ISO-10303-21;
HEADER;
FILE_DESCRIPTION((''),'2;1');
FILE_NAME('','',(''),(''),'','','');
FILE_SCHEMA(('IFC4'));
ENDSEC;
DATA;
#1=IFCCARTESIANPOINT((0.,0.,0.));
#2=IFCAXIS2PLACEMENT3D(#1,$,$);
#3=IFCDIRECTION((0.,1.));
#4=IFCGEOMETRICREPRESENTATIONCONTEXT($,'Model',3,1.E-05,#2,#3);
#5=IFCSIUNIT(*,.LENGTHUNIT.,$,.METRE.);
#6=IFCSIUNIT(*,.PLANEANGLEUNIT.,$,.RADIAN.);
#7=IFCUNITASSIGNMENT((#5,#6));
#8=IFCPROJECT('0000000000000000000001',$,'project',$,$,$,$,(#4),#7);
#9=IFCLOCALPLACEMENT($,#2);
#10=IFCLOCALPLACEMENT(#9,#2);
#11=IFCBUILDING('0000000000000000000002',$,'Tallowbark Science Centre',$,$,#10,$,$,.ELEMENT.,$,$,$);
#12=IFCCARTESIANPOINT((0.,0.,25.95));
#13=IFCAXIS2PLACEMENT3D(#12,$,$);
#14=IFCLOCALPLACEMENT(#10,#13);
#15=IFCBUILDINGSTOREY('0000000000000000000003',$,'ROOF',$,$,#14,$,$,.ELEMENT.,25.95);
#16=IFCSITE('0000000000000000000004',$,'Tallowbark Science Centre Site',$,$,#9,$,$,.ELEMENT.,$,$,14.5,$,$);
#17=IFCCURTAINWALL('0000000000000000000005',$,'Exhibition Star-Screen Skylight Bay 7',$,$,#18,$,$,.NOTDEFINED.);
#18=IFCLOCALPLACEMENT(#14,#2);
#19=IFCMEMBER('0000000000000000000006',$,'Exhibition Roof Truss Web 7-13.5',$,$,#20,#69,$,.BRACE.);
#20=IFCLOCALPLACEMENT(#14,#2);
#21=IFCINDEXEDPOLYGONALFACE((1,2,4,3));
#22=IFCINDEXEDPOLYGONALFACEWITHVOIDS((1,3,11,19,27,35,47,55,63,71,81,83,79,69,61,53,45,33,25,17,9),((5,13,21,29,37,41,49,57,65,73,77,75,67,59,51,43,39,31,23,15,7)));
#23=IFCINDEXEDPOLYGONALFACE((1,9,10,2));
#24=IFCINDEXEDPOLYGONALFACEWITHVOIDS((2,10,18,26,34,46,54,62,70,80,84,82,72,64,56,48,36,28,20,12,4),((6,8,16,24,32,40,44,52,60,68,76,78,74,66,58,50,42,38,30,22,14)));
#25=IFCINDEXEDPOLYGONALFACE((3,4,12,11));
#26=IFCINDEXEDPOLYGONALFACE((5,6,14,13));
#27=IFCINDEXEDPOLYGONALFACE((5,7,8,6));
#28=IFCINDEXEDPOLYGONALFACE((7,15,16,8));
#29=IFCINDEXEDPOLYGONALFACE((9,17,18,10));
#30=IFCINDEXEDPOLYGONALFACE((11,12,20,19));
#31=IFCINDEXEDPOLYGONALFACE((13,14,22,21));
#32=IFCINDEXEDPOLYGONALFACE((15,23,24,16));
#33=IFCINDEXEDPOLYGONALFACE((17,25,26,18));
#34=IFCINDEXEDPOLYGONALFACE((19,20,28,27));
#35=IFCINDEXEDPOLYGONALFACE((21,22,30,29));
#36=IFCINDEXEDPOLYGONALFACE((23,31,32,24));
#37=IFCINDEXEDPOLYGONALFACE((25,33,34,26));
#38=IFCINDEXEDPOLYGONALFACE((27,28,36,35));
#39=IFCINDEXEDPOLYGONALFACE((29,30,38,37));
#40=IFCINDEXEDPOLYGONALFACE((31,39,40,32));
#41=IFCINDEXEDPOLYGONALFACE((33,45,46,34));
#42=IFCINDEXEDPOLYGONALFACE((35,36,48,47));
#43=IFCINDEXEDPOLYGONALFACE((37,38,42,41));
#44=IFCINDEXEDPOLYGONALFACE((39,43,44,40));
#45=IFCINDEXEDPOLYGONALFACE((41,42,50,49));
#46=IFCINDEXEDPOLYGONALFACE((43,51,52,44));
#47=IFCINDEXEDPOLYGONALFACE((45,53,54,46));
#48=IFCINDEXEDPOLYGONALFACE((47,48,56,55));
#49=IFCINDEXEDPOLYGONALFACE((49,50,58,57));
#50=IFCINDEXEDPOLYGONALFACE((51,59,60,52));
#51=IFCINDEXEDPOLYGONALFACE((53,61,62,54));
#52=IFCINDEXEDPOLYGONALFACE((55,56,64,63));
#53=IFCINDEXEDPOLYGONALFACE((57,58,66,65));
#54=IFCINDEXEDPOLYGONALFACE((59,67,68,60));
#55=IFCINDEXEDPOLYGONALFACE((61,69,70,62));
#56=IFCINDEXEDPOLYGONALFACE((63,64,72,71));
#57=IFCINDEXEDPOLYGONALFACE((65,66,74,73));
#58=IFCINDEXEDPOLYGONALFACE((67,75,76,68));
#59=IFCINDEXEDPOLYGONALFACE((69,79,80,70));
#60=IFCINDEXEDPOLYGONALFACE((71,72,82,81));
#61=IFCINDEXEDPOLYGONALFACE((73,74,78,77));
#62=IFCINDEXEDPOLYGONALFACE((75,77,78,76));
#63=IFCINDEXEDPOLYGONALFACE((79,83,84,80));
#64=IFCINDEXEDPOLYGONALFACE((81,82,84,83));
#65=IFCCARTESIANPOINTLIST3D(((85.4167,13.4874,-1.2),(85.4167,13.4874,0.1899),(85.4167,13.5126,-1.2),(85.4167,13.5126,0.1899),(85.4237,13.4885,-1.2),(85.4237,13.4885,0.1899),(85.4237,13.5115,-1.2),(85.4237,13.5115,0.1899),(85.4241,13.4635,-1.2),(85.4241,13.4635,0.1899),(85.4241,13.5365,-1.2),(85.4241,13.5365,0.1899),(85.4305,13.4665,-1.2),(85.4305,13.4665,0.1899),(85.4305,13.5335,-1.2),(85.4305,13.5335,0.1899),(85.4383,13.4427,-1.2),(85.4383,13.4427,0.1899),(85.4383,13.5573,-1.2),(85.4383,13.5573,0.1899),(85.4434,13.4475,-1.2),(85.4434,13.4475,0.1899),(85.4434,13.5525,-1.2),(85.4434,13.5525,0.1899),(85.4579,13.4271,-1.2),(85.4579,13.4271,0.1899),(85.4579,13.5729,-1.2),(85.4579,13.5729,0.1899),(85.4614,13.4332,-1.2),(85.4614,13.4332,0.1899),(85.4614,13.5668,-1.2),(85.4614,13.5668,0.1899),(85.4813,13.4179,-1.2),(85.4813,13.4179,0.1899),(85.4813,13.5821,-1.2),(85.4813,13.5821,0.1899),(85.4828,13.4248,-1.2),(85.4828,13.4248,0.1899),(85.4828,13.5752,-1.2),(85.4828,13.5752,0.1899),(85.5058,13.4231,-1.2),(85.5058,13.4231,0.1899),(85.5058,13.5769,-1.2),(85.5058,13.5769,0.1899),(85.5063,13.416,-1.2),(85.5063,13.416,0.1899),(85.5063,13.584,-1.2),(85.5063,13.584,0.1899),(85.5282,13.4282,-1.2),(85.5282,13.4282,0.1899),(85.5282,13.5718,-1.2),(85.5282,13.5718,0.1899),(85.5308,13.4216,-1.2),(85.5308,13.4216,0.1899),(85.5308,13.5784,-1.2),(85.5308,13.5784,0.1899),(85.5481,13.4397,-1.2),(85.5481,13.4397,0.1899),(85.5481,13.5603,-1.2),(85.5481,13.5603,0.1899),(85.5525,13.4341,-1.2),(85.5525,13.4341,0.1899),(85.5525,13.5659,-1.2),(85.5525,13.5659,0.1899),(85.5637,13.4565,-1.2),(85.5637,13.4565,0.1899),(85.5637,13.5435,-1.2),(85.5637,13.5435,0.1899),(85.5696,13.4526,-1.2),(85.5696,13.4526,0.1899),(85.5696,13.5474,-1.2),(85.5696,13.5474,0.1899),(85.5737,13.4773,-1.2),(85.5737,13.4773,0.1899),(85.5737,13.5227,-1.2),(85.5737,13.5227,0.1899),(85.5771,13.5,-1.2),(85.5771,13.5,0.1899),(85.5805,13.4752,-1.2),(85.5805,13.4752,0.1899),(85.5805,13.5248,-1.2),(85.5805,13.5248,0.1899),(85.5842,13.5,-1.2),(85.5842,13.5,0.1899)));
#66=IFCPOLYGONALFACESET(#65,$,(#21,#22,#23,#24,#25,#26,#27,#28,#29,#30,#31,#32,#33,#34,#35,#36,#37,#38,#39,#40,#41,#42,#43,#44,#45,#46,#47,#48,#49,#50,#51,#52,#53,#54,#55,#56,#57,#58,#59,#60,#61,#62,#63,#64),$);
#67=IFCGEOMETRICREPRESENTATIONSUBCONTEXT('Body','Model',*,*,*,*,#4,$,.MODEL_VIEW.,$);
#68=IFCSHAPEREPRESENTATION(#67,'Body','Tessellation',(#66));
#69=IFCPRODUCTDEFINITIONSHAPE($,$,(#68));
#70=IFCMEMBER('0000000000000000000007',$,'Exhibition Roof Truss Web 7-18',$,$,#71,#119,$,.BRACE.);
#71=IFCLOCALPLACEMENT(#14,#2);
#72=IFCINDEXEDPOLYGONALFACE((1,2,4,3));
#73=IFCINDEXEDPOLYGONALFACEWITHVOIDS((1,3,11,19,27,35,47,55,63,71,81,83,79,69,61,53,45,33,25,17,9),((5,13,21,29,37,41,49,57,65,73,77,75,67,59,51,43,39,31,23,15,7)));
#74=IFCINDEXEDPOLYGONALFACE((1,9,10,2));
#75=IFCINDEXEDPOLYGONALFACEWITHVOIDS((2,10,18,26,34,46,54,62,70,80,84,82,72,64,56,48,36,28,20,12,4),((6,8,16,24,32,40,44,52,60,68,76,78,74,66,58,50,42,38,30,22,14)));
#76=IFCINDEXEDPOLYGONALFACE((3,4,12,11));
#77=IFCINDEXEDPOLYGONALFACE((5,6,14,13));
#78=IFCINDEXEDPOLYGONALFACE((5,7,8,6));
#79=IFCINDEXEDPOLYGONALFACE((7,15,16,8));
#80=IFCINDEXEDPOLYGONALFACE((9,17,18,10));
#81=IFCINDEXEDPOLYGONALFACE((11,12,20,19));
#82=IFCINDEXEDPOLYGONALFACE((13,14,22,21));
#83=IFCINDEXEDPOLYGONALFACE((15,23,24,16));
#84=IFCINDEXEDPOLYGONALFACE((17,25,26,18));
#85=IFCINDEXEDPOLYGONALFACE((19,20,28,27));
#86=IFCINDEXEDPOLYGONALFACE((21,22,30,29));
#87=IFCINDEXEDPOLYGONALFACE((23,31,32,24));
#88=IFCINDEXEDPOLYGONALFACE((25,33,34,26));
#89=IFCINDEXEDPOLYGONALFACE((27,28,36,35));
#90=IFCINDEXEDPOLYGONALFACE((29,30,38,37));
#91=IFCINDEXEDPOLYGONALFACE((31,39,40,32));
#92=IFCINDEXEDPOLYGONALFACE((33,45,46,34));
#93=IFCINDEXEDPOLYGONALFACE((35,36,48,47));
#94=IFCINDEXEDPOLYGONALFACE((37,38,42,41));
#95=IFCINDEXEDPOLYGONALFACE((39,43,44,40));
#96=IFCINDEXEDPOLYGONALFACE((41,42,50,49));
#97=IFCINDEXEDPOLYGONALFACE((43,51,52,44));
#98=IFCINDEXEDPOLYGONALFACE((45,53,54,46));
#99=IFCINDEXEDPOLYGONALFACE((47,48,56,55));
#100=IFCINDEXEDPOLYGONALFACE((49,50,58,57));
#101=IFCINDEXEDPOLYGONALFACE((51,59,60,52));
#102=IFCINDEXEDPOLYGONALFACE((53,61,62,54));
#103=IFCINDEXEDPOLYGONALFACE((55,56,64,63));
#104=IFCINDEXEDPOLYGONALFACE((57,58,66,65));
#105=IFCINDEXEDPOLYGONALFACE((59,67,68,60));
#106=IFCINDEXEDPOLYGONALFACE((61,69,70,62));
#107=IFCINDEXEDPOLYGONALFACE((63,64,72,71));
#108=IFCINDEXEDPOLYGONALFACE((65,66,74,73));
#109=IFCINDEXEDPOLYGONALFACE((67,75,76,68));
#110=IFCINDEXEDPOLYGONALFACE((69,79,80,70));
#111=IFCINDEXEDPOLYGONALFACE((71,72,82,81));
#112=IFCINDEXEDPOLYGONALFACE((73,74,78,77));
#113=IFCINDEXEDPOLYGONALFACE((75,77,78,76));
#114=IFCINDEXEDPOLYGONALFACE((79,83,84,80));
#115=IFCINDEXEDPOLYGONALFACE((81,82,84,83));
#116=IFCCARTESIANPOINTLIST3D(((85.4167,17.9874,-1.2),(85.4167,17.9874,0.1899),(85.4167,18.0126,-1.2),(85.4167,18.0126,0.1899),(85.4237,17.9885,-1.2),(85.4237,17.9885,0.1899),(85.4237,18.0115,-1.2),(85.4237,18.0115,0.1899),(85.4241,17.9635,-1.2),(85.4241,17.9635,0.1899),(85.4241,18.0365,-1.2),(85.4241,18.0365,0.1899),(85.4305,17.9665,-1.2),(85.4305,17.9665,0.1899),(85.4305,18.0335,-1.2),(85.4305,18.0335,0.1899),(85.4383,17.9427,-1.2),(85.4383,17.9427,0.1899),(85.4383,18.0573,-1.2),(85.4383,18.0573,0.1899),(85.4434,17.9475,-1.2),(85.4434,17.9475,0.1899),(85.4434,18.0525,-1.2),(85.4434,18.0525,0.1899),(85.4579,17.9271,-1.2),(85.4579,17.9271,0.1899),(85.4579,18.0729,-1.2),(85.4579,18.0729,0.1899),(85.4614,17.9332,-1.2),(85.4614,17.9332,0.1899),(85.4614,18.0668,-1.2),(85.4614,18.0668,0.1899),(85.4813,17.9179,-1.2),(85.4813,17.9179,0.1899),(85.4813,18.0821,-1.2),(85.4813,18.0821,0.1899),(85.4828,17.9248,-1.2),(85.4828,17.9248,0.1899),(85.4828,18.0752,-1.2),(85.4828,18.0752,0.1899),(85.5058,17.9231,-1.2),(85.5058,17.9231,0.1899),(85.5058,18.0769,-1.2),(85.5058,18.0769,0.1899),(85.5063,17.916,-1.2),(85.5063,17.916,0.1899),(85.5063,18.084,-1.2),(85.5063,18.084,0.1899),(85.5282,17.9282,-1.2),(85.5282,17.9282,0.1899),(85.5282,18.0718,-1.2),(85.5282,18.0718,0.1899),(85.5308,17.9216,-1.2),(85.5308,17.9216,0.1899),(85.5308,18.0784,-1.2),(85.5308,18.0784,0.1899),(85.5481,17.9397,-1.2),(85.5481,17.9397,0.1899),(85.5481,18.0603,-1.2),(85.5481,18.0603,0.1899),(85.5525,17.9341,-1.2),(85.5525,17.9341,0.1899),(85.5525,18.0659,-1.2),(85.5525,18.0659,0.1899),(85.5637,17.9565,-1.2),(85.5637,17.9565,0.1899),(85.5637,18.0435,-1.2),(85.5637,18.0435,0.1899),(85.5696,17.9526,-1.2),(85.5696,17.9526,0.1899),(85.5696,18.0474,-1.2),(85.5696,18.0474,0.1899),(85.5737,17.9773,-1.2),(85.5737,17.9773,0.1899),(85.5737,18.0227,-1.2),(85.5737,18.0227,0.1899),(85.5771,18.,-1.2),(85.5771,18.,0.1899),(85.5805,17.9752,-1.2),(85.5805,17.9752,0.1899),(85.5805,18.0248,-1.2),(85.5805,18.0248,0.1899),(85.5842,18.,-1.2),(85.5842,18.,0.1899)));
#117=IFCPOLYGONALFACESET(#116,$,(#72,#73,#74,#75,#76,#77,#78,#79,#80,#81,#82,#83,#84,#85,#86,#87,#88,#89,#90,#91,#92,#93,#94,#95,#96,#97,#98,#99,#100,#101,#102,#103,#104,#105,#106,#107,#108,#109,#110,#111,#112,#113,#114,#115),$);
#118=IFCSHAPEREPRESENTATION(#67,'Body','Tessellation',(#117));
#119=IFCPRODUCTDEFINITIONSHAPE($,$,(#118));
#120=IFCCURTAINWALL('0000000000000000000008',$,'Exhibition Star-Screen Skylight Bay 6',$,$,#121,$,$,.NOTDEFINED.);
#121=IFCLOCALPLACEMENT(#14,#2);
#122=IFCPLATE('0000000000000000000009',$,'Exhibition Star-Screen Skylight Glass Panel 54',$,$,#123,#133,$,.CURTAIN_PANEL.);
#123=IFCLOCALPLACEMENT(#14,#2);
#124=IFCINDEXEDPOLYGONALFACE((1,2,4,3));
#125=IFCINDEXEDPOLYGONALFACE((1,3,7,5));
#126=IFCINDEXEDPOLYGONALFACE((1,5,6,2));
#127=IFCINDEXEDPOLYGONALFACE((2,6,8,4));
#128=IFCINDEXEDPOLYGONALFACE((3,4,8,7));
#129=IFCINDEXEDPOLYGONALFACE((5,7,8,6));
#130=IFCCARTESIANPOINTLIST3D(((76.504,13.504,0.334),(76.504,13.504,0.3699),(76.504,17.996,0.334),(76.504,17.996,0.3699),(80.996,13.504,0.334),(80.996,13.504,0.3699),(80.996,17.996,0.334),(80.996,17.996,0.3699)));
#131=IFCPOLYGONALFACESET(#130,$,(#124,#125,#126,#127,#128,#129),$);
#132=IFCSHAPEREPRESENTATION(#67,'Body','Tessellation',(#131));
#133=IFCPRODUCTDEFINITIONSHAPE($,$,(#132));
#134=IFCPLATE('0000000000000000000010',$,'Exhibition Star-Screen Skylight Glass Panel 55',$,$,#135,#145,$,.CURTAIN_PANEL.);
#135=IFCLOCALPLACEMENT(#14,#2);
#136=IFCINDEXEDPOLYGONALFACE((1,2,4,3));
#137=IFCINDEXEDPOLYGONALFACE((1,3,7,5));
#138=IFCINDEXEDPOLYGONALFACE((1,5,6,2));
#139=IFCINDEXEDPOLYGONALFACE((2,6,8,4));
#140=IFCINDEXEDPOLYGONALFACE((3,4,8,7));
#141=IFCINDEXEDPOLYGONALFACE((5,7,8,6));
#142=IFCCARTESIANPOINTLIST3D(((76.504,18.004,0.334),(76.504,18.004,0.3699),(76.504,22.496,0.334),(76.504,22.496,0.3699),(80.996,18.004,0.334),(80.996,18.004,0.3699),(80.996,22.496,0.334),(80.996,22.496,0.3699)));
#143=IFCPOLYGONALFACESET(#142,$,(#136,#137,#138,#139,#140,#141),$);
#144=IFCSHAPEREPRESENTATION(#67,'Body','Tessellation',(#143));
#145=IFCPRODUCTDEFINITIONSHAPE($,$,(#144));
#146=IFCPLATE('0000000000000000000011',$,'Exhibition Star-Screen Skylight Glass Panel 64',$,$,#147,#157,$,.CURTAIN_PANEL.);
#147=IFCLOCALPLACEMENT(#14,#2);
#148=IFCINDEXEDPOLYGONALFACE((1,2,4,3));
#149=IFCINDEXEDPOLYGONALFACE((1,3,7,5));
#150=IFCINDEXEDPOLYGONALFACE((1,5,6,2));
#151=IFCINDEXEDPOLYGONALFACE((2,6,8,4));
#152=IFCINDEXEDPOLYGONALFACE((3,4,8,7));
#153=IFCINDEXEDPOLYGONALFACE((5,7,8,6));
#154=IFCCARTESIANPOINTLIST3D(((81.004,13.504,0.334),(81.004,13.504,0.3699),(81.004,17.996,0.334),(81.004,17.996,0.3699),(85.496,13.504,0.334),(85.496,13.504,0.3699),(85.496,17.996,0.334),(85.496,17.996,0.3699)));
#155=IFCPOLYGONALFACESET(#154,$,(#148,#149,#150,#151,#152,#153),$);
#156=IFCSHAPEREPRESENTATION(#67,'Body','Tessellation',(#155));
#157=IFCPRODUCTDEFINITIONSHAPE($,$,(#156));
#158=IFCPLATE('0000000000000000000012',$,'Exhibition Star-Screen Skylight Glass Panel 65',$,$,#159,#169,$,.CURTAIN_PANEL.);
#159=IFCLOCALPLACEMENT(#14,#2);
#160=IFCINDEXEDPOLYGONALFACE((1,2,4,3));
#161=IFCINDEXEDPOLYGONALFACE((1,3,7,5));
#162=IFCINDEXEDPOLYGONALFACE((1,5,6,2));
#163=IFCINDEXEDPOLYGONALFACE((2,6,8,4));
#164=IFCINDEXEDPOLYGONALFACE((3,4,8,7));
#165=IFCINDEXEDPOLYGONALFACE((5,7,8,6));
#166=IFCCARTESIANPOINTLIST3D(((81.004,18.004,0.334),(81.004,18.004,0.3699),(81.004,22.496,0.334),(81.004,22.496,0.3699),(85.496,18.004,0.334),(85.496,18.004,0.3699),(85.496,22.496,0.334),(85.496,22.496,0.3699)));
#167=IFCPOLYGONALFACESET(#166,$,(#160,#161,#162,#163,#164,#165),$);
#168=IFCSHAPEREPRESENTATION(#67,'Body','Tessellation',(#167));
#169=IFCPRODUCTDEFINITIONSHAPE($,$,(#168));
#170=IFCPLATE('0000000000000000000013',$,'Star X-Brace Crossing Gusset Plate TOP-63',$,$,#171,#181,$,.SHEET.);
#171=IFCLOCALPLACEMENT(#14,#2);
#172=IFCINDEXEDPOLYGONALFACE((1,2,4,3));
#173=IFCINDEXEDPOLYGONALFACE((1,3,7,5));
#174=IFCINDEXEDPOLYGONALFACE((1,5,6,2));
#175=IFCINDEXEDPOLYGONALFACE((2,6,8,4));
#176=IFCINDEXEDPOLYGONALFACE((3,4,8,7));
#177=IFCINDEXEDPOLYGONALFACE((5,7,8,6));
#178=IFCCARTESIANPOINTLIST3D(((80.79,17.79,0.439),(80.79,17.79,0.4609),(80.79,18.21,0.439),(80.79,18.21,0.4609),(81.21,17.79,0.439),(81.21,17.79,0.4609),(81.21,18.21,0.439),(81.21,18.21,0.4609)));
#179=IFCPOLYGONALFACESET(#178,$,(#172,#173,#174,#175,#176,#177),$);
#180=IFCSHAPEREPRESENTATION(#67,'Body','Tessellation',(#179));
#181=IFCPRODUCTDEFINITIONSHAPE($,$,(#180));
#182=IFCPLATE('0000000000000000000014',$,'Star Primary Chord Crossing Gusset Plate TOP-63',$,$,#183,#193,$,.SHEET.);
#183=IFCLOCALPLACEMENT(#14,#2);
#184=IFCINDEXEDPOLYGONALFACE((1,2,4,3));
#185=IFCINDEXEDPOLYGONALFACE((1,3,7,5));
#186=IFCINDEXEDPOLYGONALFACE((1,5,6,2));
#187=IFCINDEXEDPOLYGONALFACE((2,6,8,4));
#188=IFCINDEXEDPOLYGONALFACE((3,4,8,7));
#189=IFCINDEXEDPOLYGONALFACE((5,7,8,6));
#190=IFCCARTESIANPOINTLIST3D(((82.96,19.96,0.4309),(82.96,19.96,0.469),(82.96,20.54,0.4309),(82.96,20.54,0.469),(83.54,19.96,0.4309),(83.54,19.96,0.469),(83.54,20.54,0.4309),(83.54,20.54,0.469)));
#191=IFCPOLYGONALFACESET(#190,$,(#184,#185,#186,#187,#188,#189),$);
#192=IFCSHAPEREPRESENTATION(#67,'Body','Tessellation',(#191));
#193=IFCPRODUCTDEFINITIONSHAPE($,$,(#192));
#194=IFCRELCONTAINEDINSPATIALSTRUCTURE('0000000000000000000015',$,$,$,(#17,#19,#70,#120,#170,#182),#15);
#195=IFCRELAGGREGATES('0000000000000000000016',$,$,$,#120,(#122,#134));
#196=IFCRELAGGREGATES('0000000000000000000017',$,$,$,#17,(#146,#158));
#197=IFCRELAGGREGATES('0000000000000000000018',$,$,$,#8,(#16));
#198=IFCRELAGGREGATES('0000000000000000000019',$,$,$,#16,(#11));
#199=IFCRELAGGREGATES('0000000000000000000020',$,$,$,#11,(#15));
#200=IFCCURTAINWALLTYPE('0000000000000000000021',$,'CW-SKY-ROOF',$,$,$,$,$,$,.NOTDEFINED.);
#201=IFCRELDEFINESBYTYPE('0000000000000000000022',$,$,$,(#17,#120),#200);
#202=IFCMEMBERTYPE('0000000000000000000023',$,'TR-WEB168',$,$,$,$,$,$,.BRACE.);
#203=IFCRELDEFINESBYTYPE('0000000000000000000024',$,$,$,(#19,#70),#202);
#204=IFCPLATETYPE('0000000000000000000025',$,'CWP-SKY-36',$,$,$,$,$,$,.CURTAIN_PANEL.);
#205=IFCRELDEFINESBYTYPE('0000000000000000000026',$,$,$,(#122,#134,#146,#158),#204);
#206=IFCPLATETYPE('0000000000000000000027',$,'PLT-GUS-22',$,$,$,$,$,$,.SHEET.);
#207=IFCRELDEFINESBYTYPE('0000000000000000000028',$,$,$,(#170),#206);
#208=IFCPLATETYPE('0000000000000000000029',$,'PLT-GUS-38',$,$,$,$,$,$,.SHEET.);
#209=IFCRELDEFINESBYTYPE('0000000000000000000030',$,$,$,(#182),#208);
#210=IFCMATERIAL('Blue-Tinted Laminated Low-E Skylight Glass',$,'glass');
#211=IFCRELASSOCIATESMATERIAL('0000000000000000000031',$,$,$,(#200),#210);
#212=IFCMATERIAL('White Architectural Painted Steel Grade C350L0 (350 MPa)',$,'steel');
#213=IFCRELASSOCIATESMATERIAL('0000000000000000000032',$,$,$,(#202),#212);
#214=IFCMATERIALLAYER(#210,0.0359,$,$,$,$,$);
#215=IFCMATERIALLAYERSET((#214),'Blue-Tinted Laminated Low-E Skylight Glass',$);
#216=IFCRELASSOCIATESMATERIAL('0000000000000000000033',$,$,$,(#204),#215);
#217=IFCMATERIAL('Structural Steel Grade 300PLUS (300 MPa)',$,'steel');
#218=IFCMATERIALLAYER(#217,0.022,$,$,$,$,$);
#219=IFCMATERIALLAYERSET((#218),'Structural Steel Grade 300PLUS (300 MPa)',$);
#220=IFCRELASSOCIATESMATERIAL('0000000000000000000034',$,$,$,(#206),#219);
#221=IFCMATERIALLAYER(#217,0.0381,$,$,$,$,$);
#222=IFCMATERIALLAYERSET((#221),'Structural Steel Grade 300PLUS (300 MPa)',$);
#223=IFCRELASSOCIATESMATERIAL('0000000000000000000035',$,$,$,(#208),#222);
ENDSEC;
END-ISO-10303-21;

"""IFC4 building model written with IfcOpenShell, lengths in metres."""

from ifc_helpers import new_model, si_unit, direction, frame, origin, origin_2d, place, context, subcontext, project, spatial, rectangle, hollow_circle, extrude, material, layer, layer_set, material_profile, profile_set, type_object, element, aggregate, save


model = new_model("IFC4")

# Units and contexts
model_context = context("Model", 3, precision=1e-05, world=origin(), true_north=direction((0.0, 1.0)))
body_context = subcontext(model_context, "Body", "Model", "MODEL_VIEW")
ifc_project = project(units=[si_unit("LENGTHUNIT", "METRE"), si_unit("PLANEANGLEUNIT", "RADIAN")], contexts=[model_context])

# Site, building, storey
site_placement = place(None, origin())
site = spatial("IfcSite", under=ifc_project, at=site_placement, Name="Tallowbark Science Centre Site", CompositionType="ELEMENT", RefElevation=14.5)
building_placement = place(site_placement, origin())
building = spatial("IfcBuilding", under=site, at=building_placement, Name="Tallowbark Science Centre", CompositionType="ELEMENT")
storey_placement = place(building_placement, frame((0.0, 0.0, 25.95)))
storey = spatial("IfcBuildingStorey", under=building, at=storey_placement, Name="ROOF", CompositionType="ELEMENT", Elevation=25.95)

# Curtain wall
ifc_material_1 = material(Name="Blue-Tinted Laminated Low-E Skylight Glass", Category="glass")
curtain_wall_type = type_object("IfcCurtainWallType", Name="CW-SKY-ROOF", PredefinedType="NOTDEFINED", material=ifc_material_1)
curtain_wall_1_placement = place(storey_placement, origin())
curtain_wall_1 = element("IfcCurtainWall", 1, at=curtain_wall_1_placement, inside=storey, type_object=curtain_wall_type, Name="Exhibition Star-Screen Skylight Bay 7", PredefinedType="NOTDEFINED")

# Members
ifc_material_2 = material(Name="White Architectural Painted Steel Grade C350L0 (350 MPa)", Category="steel")
ifc_material_profile_1 = material_profile(ifc_material_2, hollow_circle(Radius=0.0842, WallThickness=0.0071, at=origin_2d()), Name="168.3x7.1CHS")
ifc_profile_set_1 = profile_set([ifc_material_profile_1], Name="White Architectural Painted Steel Grade C350L0 (350 MPa)")
member_type_1 = type_object("IfcMemberType", Name="TR-WEB168", PredefinedType="BRACE", material=ifc_profile_set_1)
for number, where, z_axis, x_axis, name in (
    (2, (85.5, 13.5, -1.2), (0.0, 0.0, 1.0), (1.0, 0.0, 0.0), "Exhibition Roof Truss Web 7-13.5"),
    (3, (85.5, 18.0, -1.2), (0.0, 0.0, 1.0), (1.0, 0.0, 0.0), "Exhibition Roof Truss Web 7-18"),
):
    element("IfcMember", number, at=place(storey_placement, frame(where, z_axis=z_axis, x_axis=x_axis)), inside=storey, type_object=member_type_1, Name=name, PredefinedType="BRACE", context=body_context, shape_type="SweptSolid", body=[
        extrude(hollow_circle(Radius=0.0842, WallThickness=0.0071, at=origin_2d()), origin(), (0.0, 0.0, 1.0), 1.3899),
    ])

# Curtain wall, plates
curtain_wall_2_placement = place(storey_placement, origin())
curtain_wall_2 = element("IfcCurtainWall", 4, at=curtain_wall_2_placement, inside=storey, type_object=curtain_wall_type, Name="Exhibition Star-Screen Skylight Bay 6", PredefinedType="NOTDEFINED")
ifc_layer_1 = layer(ifc_material_1, 0.0359)
ifc_layer_set_1 = layer_set([ifc_layer_1], Name="Blue-Tinted Laminated Low-E Skylight Glass")
plate_type_1 = type_object("IfcPlateType", Name="CWP-SKY-36", PredefinedType="CURTAIN_PANEL", material=ifc_layer_set_1)
plate_1_placement = place(storey_placement, frame((78.75, 15.75, 0.334), z_axis=(0.0, 0.0, 1.0), x_axis=(1.0, 0.0, 0.0)))
plate_1 = element("IfcPlate", 5, at=plate_1_placement, type_object=plate_type_1, Name="Exhibition Star-Screen Skylight Glass Panel 54", PredefinedType="CURTAIN_PANEL", context=body_context, shape_type="SweptSolid", body=[
    extrude(rectangle(XDim=4.4919, YDim=4.4919, at=origin_2d()), origin(), (0.0, 0.0, 1.0), 0.0359),
])
plate_2_placement = place(storey_placement, frame((78.75, 20.25, 0.334), z_axis=(0.0, 0.0, 1.0), x_axis=(1.0, 0.0, 0.0)))
plate_2 = element("IfcPlate", 6, at=plate_2_placement, type_object=plate_type_1, Name="Exhibition Star-Screen Skylight Glass Panel 55", PredefinedType="CURTAIN_PANEL", context=body_context, shape_type="SweptSolid", body=[
    extrude(rectangle(XDim=4.4919, YDim=4.4919, at=origin_2d()), origin(), (0.0, 0.0, 1.0), 0.0359),
])
aggregate(curtain_wall_2, [plate_1, plate_2])

# Plates
plate_3_placement = place(storey_placement, frame((83.25, 15.75, 0.334), z_axis=(0.0, 0.0, 1.0), x_axis=(1.0, 0.0, 0.0)))
plate_3 = element("IfcPlate", 7, at=plate_3_placement, type_object=plate_type_1, Name="Exhibition Star-Screen Skylight Glass Panel 64", PredefinedType="CURTAIN_PANEL", context=body_context, shape_type="SweptSolid", body=[
    extrude(rectangle(XDim=4.4919, YDim=4.4919, at=origin_2d()), origin(), (0.0, 0.0, 1.0), 0.0359),
])
plate_4_placement = place(storey_placement, frame((83.25, 20.25, 0.334), z_axis=(0.0, 0.0, 1.0), x_axis=(1.0, 0.0, 0.0)))
plate_4 = element("IfcPlate", 8, at=plate_4_placement, type_object=plate_type_1, Name="Exhibition Star-Screen Skylight Glass Panel 65", PredefinedType="CURTAIN_PANEL", context=body_context, shape_type="SweptSolid", body=[
    extrude(rectangle(XDim=4.4919, YDim=4.4919, at=origin_2d()), origin(), (0.0, 0.0, 1.0), 0.0359),
])
aggregate(curtain_wall_1, [plate_3, plate_4])

# Plates
ifc_material_3 = material(Name="Structural Steel Grade 300PLUS (300 MPa)", Category="steel")
ifc_layer_2 = layer(ifc_material_3, 0.022)
ifc_layer_set_2 = layer_set([ifc_layer_2], Name="Structural Steel Grade 300PLUS (300 MPa)")
plate_type_2 = type_object("IfcPlateType", Name="PLT-GUS-22", PredefinedType="SHEET", material=ifc_layer_set_2)
plate_5_placement = place(storey_placement, frame((81.0, 18.0, 0.439), z_axis=(0.0, 0.0, 1.0), x_axis=(1.0, 0.0, 0.0)))
element("IfcPlate", 9, at=plate_5_placement, inside=storey, type_object=plate_type_2, Name="Star X-Brace Crossing Gusset Plate TOP-63", PredefinedType="SHEET", context=body_context, shape_type="SweptSolid", body=[
    extrude(rectangle(XDim=0.4199, YDim=0.4199, at=origin_2d()), origin(), (0.0, 0.0, 1.0), 0.022),
])
ifc_layer_3 = layer(ifc_material_3, 0.0381)
ifc_layer_set_3 = layer_set([ifc_layer_3], Name="Structural Steel Grade 300PLUS (300 MPa)")
plate_type_3 = type_object("IfcPlateType", Name="PLT-GUS-38", PredefinedType="SHEET", material=ifc_layer_set_3)
plate_6_placement = place(storey_placement, frame((83.25, 20.25, 0.4309), z_axis=(0.0, 0.0, 1.0), x_axis=(1.0, 0.0, 0.0)))
element("IfcPlate", 10, at=plate_6_placement, inside=storey, type_object=plate_type_3, Name="Star Primary Chord Crossing Gusset Plate TOP-63", PredefinedType="SHEET", context=body_context, shape_type="SweptSolid", body=[
    extrude(rectangle(XDim=0.5801, YDim=0.5801, at=origin_2d()), origin(), (0.0, 0.0, 1.0), 0.0381),
])

save(model, "model.ifc")
